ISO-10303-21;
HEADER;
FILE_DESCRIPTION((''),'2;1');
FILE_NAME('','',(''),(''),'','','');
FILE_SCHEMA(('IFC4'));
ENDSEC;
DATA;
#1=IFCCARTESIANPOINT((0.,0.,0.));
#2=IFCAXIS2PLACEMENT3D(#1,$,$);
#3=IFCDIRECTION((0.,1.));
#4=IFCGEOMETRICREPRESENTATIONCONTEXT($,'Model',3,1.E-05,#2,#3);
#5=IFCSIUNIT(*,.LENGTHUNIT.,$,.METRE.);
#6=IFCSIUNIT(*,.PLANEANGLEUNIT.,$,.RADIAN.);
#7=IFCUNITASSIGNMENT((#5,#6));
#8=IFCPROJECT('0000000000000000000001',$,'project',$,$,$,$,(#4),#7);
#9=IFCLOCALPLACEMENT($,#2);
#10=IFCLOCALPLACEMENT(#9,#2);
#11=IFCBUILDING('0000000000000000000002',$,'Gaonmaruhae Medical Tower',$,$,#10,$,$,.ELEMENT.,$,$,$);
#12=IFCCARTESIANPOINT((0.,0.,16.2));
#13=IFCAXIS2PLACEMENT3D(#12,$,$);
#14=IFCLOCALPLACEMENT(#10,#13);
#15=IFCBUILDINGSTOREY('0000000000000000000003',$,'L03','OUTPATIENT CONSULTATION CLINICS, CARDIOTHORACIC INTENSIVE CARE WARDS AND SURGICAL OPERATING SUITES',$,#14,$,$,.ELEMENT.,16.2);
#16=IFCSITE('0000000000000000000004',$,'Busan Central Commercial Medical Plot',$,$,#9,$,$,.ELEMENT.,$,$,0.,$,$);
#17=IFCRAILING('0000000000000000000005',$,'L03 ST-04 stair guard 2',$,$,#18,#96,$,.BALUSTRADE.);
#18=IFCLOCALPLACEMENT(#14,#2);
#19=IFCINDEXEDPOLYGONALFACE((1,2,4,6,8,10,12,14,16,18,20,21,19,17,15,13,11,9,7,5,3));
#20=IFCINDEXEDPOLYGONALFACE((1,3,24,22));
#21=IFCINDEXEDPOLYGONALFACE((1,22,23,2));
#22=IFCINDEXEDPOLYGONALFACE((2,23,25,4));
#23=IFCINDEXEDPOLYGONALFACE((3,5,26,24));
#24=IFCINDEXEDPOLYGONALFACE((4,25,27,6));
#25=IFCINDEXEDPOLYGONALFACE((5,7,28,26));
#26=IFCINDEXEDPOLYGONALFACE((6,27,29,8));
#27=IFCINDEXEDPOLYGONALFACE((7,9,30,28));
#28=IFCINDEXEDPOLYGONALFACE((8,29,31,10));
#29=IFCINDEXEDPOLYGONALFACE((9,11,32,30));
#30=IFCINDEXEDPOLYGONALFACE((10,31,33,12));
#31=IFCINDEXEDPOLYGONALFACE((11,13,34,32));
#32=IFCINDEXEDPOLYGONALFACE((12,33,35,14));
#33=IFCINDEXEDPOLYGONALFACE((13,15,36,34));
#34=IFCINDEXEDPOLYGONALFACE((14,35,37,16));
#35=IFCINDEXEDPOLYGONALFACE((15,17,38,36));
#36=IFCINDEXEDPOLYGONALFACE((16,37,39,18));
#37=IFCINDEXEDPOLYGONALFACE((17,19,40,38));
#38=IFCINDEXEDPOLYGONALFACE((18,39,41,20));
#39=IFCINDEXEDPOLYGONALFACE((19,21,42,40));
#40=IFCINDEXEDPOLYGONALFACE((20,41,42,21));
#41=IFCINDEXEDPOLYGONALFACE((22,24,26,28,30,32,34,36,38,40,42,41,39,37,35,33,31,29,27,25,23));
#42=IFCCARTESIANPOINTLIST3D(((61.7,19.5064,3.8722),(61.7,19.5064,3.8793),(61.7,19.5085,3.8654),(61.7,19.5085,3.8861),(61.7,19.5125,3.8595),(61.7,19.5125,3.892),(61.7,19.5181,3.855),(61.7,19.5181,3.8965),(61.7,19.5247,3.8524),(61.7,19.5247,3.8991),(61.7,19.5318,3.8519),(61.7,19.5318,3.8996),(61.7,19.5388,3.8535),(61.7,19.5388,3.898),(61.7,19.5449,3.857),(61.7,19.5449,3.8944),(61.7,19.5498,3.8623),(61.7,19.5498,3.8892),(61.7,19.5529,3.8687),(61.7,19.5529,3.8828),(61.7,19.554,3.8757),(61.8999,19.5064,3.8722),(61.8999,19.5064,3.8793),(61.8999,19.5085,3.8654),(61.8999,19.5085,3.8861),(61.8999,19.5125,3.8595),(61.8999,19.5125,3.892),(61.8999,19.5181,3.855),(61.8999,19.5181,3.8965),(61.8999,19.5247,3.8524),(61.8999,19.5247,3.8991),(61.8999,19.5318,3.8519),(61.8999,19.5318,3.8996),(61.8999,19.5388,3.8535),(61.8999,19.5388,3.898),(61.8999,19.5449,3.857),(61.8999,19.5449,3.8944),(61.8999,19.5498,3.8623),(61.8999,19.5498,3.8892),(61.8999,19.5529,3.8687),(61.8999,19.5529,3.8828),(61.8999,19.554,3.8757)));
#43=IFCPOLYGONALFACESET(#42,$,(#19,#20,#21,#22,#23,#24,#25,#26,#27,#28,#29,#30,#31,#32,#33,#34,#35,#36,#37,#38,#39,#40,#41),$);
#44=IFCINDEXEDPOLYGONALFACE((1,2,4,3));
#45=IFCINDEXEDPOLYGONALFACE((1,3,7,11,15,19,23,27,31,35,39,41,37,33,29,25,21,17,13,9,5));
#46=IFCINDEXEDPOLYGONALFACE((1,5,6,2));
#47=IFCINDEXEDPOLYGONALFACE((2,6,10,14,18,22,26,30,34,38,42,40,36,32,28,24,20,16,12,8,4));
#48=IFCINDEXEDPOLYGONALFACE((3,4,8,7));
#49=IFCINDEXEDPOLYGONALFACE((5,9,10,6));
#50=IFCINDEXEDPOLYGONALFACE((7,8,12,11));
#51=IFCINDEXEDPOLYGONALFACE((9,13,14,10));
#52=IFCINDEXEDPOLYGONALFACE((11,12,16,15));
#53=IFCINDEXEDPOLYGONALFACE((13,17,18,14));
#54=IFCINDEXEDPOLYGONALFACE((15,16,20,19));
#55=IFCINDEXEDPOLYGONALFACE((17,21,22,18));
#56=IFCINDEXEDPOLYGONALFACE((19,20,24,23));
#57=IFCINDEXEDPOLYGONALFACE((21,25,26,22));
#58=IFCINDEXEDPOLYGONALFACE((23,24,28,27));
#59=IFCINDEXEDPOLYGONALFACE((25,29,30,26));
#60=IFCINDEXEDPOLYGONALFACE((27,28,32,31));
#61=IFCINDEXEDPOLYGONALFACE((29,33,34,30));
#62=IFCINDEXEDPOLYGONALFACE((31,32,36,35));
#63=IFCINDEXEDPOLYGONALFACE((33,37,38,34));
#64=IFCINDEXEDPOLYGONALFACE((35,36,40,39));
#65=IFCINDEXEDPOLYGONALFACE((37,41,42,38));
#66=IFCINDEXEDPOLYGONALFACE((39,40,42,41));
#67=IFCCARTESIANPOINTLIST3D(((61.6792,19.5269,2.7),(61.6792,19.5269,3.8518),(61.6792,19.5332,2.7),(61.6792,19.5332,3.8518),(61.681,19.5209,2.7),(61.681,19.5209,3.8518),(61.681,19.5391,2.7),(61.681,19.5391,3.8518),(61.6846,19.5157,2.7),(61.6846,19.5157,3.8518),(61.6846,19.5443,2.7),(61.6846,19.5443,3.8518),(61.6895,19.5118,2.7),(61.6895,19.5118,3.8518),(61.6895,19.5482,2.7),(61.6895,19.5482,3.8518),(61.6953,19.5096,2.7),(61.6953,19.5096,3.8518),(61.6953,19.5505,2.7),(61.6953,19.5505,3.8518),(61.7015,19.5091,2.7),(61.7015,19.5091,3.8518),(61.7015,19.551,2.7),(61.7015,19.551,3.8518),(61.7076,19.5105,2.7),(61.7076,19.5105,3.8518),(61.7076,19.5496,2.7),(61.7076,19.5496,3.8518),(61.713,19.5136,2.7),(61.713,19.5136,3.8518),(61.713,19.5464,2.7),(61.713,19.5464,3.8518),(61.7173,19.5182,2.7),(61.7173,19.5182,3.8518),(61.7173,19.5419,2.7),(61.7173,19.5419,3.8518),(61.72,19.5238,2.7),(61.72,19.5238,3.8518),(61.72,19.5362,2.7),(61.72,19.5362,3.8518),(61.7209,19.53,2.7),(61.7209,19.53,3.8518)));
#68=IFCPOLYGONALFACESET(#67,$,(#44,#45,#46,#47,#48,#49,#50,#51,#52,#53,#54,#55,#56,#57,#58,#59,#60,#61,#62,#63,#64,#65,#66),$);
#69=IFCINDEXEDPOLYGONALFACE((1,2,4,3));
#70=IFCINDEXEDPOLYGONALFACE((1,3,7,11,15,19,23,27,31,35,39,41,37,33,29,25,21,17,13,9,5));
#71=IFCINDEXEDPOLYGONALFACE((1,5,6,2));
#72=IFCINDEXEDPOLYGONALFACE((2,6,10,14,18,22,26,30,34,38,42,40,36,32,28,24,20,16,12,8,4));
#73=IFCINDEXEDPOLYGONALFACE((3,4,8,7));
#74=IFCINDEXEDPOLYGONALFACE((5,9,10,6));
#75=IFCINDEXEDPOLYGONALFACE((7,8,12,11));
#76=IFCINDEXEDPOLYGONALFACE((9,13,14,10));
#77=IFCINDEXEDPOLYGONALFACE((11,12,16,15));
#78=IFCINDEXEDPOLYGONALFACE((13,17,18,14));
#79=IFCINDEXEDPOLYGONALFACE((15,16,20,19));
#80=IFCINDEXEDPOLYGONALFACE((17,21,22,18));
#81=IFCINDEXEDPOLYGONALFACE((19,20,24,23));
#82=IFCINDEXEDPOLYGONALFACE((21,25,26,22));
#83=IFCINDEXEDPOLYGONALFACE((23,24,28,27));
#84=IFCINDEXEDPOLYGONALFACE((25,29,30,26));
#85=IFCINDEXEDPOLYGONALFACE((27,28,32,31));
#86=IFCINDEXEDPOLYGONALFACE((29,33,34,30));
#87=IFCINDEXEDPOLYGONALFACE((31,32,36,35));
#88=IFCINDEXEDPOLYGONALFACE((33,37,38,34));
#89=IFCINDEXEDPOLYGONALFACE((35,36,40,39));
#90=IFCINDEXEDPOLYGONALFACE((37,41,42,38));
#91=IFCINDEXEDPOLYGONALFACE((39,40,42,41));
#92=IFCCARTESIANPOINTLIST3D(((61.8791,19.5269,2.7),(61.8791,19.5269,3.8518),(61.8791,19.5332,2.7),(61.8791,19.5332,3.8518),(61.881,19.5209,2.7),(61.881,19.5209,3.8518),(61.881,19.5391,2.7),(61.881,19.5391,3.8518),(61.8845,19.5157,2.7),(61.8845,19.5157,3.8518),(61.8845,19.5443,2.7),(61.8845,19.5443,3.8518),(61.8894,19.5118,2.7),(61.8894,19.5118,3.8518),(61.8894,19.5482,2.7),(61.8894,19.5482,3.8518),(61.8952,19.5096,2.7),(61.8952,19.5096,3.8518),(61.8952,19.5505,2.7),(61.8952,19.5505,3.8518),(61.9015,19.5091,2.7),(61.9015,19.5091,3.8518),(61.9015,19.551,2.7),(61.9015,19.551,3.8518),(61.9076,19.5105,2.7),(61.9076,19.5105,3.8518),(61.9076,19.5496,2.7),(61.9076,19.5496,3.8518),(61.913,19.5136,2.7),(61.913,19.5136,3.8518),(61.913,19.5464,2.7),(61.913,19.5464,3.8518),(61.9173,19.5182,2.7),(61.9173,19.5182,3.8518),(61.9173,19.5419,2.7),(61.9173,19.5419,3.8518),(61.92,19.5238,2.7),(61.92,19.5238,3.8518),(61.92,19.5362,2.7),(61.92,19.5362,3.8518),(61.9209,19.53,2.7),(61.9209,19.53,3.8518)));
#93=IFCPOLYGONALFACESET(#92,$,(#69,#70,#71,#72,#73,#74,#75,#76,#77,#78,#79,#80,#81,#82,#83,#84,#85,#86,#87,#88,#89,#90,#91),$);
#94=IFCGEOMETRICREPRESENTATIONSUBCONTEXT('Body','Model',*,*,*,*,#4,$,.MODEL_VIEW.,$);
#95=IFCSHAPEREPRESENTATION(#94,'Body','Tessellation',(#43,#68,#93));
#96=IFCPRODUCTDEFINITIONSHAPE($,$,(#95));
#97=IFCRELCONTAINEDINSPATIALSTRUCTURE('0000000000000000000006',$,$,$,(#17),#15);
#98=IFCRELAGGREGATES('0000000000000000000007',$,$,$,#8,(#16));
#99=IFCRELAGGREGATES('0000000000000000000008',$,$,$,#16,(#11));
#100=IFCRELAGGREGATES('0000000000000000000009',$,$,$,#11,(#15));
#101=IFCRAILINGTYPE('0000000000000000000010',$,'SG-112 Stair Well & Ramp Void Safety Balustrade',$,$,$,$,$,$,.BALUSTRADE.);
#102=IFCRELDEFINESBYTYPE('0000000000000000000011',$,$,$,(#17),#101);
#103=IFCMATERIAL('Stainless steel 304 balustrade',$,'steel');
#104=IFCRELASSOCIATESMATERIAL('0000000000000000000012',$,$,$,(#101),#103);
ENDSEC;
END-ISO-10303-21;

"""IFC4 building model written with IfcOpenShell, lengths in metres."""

from ifc_helpers import new_model, si_unit, direction, frame, origin, origin_2d, place, context, subcontext, project, spatial, circle, extrude, material, type_object, element, save


model = new_model("IFC4")

# Units and contexts
model_context = context("Model", 3, precision=1e-05, world=origin(), true_north=direction((0.0, 1.0)))
body_context = subcontext(model_context, "Body", "Model", "MODEL_VIEW")
ifc_project = project(units=[si_unit("LENGTHUNIT", "METRE"), si_unit("PLANEANGLEUNIT", "RADIAN")], contexts=[model_context])

# Site, building, storey
site_placement = place(None, origin())
site = spatial("IfcSite", under=ifc_project, at=site_placement, Name="Busan Central Commercial Medical Plot", CompositionType="ELEMENT", RefElevation=0.0)
building_placement = place(site_placement, origin())
building = spatial("IfcBuilding", under=site, at=building_placement, Name="Gaonmaruhae Medical Tower", CompositionType="ELEMENT")
storey_placement = place(building_placement, frame((0.0, 0.0, 16.2)))
storey = spatial("IfcBuildingStorey", under=building, at=storey_placement, Name="L03", Description="OUTPATIENT CONSULTATION CLINICS, CARDIOTHORACIC INTENSIVE CARE WARDS AND SURGICAL OPERATING SUITES", CompositionType="ELEMENT", Elevation=16.2)

# Railing
ifc_material_1 = material(Name="Stainless steel 304 balustrade", Category="steel")
railing_type_1 = type_object("IfcRailingType", Name="SG-112 Stair Well & Ramp Void Safety Balustrade", PredefinedType="BALUSTRADE", material=ifc_material_1)
railing_1_placement = place(storey_placement, frame((61.7, 19.53, 2.7)))
element("IfcRailing", 1, at=railing_1_placement, inside=storey, type_object=railing_type_1, Name="L03 ST-04 stair guard 2", PredefinedType="BALUSTRADE", context=body_context, shape_type="SweptSolid", body=[
    extrude(circle(Radius=0.0239, at=origin_2d()), frame((0.0, 0.0, 1.1758), z_axis=(1.0, 0.0, 0.0), x_axis=(0.0, 1.0, 0.0)), (0.0, 0.0, 1.0), 0.2),
    extrude(circle(Radius=0.021, at=origin_2d()), origin(), (0.0, 0.0, 1.0), 1.1519),
    extrude(circle(Radius=0.021, at=origin_2d()), frame((0.2, 0.0, 0.0)), (0.0, 0.0, 1.0), 1.1519),
])

save(model, "model.ifc")
